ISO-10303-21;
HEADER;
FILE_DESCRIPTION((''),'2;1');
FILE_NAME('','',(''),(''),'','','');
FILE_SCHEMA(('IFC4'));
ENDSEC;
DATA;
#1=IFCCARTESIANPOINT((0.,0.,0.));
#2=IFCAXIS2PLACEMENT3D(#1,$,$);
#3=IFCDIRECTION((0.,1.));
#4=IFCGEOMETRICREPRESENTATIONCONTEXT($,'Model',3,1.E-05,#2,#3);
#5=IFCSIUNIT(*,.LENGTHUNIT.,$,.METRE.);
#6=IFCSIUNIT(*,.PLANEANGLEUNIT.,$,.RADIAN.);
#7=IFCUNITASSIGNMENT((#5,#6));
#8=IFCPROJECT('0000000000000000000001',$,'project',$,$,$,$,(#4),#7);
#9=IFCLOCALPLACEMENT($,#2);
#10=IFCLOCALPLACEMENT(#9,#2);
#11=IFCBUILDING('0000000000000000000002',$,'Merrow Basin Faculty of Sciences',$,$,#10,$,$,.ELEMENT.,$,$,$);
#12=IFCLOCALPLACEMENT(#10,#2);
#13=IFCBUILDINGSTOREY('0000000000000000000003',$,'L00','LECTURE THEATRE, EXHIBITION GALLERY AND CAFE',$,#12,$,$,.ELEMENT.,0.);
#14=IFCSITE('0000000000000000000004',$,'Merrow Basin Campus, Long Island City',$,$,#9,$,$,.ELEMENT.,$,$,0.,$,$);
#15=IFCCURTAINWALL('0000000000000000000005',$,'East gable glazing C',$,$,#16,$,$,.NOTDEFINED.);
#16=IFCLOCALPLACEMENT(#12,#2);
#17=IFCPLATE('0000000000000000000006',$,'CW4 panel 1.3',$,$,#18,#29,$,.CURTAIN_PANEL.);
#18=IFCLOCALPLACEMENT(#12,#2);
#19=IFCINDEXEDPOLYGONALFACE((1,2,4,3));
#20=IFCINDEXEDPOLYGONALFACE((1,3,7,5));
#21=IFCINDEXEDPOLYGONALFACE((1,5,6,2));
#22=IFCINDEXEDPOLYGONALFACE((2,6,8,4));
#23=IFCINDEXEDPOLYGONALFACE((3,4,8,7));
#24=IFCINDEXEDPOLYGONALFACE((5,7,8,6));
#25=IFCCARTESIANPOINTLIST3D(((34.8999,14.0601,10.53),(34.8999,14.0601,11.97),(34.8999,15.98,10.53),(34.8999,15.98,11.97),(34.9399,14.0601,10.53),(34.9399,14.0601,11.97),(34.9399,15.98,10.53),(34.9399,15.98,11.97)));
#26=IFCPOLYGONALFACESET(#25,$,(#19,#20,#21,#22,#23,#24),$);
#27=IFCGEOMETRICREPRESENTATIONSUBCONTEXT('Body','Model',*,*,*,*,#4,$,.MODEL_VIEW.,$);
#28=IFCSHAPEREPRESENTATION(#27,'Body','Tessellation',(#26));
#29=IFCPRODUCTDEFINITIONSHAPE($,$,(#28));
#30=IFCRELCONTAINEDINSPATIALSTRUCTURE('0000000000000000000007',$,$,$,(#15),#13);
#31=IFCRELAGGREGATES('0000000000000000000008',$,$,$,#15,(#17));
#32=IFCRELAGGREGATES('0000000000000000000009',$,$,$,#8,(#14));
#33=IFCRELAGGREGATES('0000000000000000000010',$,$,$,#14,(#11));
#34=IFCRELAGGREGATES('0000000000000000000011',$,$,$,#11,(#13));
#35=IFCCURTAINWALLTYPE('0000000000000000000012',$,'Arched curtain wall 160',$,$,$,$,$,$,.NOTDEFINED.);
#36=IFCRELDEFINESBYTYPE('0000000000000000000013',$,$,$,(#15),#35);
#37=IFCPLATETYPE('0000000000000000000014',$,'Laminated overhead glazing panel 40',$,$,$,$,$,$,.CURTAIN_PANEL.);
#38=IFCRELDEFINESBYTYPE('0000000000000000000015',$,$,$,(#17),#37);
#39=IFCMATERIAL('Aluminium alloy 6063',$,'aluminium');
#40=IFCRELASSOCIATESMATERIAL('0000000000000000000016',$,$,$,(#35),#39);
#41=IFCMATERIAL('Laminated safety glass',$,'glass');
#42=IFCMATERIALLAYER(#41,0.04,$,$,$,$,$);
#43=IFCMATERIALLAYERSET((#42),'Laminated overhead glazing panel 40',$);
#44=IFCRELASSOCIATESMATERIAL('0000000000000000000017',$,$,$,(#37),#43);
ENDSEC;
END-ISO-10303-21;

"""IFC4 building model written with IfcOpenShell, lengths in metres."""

from ifc_helpers import new_model, si_unit, direction, frame, origin, place, context, subcontext, project, spatial, polyline, outline, extrude, material, layer, layer_set, type_object, element, aggregate, save


model = new_model("IFC4")

# Units and contexts
model_context = context("Model", 3, precision=1e-05, world=origin(), true_north=direction((0.0, 1.0)))
body_context = subcontext(model_context, "Body", "Model", "MODEL_VIEW")
ifc_project = project(units=[si_unit("LENGTHUNIT", "METRE"), si_unit("PLANEANGLEUNIT", "RADIAN")], contexts=[model_context])

# Site, building, storey
site_placement = place(None, origin())
site = spatial("IfcSite", under=ifc_project, at=site_placement, Name="Merrow Basin Campus, Long Island City", CompositionType="ELEMENT", RefElevation=0.0)
building_placement = place(site_placement, origin())
building = spatial("IfcBuilding", under=site, at=building_placement, Name="Merrow Basin Faculty of Sciences", CompositionType="ELEMENT")
storey_placement = place(building_placement, origin())
storey = spatial("IfcBuildingStorey", under=building, at=storey_placement, Name="L00", Description="LECTURE THEATRE, EXHIBITION GALLERY AND CAFE", CompositionType="ELEMENT", Elevation=0.0)

# Shared definitions
ifc_material_1 = material(Name="Aluminium alloy 6063", Category="aluminium")
curtain_wall_type = type_object("IfcCurtainWallType", Name="Arched curtain wall 160", PredefinedType="NOTDEFINED", material=ifc_material_1)

# Curtain wall
curtain_wall_1_placement = place(storey_placement, origin())
curtain_wall_1 = element("IfcCurtainWall", 1, at=curtain_wall_1_placement, inside=storey, type_object=curtain_wall_type, Name="East gable glazing C", PredefinedType="NOTDEFINED")

# Plate
ifc_material_2 = material(Name="Laminated safety glass", Category="glass")
ifc_layer = layer(ifc_material_2, 0.04)
ifc_layer_set = layer_set([ifc_layer], Name="Laminated overhead glazing panel 40")
plate_type = type_object("IfcPlateType", Name="Laminated overhead glazing panel 40", PredefinedType="CURTAIN_PANEL", material=ifc_layer_set)
plate_1_placement = place(storey_placement, frame((34.8999, 14.0601, 10.53), z_axis=(1.0, 0.0, 0.0), x_axis=(0.0, 1.0, 0.0)))
plate_1 = element("IfcPlate", 2, at=plate_1_placement, type_object=plate_type, Name="CW4 panel 1.3", PredefinedType="CURTAIN_PANEL", context=body_context, shape_type="SweptSolid", body=[
    extrude(outline(polyline([(0.0, 0.0), (1.9199, 0.0), (1.9199, 1.4399), (0.0, 1.4399), (0.0, 0.0)])), origin(), (0.0, 0.0, 1.0), 0.04),
])
aggregate(curtain_wall_1, [plate_1])

save(model, "model.ifc")
